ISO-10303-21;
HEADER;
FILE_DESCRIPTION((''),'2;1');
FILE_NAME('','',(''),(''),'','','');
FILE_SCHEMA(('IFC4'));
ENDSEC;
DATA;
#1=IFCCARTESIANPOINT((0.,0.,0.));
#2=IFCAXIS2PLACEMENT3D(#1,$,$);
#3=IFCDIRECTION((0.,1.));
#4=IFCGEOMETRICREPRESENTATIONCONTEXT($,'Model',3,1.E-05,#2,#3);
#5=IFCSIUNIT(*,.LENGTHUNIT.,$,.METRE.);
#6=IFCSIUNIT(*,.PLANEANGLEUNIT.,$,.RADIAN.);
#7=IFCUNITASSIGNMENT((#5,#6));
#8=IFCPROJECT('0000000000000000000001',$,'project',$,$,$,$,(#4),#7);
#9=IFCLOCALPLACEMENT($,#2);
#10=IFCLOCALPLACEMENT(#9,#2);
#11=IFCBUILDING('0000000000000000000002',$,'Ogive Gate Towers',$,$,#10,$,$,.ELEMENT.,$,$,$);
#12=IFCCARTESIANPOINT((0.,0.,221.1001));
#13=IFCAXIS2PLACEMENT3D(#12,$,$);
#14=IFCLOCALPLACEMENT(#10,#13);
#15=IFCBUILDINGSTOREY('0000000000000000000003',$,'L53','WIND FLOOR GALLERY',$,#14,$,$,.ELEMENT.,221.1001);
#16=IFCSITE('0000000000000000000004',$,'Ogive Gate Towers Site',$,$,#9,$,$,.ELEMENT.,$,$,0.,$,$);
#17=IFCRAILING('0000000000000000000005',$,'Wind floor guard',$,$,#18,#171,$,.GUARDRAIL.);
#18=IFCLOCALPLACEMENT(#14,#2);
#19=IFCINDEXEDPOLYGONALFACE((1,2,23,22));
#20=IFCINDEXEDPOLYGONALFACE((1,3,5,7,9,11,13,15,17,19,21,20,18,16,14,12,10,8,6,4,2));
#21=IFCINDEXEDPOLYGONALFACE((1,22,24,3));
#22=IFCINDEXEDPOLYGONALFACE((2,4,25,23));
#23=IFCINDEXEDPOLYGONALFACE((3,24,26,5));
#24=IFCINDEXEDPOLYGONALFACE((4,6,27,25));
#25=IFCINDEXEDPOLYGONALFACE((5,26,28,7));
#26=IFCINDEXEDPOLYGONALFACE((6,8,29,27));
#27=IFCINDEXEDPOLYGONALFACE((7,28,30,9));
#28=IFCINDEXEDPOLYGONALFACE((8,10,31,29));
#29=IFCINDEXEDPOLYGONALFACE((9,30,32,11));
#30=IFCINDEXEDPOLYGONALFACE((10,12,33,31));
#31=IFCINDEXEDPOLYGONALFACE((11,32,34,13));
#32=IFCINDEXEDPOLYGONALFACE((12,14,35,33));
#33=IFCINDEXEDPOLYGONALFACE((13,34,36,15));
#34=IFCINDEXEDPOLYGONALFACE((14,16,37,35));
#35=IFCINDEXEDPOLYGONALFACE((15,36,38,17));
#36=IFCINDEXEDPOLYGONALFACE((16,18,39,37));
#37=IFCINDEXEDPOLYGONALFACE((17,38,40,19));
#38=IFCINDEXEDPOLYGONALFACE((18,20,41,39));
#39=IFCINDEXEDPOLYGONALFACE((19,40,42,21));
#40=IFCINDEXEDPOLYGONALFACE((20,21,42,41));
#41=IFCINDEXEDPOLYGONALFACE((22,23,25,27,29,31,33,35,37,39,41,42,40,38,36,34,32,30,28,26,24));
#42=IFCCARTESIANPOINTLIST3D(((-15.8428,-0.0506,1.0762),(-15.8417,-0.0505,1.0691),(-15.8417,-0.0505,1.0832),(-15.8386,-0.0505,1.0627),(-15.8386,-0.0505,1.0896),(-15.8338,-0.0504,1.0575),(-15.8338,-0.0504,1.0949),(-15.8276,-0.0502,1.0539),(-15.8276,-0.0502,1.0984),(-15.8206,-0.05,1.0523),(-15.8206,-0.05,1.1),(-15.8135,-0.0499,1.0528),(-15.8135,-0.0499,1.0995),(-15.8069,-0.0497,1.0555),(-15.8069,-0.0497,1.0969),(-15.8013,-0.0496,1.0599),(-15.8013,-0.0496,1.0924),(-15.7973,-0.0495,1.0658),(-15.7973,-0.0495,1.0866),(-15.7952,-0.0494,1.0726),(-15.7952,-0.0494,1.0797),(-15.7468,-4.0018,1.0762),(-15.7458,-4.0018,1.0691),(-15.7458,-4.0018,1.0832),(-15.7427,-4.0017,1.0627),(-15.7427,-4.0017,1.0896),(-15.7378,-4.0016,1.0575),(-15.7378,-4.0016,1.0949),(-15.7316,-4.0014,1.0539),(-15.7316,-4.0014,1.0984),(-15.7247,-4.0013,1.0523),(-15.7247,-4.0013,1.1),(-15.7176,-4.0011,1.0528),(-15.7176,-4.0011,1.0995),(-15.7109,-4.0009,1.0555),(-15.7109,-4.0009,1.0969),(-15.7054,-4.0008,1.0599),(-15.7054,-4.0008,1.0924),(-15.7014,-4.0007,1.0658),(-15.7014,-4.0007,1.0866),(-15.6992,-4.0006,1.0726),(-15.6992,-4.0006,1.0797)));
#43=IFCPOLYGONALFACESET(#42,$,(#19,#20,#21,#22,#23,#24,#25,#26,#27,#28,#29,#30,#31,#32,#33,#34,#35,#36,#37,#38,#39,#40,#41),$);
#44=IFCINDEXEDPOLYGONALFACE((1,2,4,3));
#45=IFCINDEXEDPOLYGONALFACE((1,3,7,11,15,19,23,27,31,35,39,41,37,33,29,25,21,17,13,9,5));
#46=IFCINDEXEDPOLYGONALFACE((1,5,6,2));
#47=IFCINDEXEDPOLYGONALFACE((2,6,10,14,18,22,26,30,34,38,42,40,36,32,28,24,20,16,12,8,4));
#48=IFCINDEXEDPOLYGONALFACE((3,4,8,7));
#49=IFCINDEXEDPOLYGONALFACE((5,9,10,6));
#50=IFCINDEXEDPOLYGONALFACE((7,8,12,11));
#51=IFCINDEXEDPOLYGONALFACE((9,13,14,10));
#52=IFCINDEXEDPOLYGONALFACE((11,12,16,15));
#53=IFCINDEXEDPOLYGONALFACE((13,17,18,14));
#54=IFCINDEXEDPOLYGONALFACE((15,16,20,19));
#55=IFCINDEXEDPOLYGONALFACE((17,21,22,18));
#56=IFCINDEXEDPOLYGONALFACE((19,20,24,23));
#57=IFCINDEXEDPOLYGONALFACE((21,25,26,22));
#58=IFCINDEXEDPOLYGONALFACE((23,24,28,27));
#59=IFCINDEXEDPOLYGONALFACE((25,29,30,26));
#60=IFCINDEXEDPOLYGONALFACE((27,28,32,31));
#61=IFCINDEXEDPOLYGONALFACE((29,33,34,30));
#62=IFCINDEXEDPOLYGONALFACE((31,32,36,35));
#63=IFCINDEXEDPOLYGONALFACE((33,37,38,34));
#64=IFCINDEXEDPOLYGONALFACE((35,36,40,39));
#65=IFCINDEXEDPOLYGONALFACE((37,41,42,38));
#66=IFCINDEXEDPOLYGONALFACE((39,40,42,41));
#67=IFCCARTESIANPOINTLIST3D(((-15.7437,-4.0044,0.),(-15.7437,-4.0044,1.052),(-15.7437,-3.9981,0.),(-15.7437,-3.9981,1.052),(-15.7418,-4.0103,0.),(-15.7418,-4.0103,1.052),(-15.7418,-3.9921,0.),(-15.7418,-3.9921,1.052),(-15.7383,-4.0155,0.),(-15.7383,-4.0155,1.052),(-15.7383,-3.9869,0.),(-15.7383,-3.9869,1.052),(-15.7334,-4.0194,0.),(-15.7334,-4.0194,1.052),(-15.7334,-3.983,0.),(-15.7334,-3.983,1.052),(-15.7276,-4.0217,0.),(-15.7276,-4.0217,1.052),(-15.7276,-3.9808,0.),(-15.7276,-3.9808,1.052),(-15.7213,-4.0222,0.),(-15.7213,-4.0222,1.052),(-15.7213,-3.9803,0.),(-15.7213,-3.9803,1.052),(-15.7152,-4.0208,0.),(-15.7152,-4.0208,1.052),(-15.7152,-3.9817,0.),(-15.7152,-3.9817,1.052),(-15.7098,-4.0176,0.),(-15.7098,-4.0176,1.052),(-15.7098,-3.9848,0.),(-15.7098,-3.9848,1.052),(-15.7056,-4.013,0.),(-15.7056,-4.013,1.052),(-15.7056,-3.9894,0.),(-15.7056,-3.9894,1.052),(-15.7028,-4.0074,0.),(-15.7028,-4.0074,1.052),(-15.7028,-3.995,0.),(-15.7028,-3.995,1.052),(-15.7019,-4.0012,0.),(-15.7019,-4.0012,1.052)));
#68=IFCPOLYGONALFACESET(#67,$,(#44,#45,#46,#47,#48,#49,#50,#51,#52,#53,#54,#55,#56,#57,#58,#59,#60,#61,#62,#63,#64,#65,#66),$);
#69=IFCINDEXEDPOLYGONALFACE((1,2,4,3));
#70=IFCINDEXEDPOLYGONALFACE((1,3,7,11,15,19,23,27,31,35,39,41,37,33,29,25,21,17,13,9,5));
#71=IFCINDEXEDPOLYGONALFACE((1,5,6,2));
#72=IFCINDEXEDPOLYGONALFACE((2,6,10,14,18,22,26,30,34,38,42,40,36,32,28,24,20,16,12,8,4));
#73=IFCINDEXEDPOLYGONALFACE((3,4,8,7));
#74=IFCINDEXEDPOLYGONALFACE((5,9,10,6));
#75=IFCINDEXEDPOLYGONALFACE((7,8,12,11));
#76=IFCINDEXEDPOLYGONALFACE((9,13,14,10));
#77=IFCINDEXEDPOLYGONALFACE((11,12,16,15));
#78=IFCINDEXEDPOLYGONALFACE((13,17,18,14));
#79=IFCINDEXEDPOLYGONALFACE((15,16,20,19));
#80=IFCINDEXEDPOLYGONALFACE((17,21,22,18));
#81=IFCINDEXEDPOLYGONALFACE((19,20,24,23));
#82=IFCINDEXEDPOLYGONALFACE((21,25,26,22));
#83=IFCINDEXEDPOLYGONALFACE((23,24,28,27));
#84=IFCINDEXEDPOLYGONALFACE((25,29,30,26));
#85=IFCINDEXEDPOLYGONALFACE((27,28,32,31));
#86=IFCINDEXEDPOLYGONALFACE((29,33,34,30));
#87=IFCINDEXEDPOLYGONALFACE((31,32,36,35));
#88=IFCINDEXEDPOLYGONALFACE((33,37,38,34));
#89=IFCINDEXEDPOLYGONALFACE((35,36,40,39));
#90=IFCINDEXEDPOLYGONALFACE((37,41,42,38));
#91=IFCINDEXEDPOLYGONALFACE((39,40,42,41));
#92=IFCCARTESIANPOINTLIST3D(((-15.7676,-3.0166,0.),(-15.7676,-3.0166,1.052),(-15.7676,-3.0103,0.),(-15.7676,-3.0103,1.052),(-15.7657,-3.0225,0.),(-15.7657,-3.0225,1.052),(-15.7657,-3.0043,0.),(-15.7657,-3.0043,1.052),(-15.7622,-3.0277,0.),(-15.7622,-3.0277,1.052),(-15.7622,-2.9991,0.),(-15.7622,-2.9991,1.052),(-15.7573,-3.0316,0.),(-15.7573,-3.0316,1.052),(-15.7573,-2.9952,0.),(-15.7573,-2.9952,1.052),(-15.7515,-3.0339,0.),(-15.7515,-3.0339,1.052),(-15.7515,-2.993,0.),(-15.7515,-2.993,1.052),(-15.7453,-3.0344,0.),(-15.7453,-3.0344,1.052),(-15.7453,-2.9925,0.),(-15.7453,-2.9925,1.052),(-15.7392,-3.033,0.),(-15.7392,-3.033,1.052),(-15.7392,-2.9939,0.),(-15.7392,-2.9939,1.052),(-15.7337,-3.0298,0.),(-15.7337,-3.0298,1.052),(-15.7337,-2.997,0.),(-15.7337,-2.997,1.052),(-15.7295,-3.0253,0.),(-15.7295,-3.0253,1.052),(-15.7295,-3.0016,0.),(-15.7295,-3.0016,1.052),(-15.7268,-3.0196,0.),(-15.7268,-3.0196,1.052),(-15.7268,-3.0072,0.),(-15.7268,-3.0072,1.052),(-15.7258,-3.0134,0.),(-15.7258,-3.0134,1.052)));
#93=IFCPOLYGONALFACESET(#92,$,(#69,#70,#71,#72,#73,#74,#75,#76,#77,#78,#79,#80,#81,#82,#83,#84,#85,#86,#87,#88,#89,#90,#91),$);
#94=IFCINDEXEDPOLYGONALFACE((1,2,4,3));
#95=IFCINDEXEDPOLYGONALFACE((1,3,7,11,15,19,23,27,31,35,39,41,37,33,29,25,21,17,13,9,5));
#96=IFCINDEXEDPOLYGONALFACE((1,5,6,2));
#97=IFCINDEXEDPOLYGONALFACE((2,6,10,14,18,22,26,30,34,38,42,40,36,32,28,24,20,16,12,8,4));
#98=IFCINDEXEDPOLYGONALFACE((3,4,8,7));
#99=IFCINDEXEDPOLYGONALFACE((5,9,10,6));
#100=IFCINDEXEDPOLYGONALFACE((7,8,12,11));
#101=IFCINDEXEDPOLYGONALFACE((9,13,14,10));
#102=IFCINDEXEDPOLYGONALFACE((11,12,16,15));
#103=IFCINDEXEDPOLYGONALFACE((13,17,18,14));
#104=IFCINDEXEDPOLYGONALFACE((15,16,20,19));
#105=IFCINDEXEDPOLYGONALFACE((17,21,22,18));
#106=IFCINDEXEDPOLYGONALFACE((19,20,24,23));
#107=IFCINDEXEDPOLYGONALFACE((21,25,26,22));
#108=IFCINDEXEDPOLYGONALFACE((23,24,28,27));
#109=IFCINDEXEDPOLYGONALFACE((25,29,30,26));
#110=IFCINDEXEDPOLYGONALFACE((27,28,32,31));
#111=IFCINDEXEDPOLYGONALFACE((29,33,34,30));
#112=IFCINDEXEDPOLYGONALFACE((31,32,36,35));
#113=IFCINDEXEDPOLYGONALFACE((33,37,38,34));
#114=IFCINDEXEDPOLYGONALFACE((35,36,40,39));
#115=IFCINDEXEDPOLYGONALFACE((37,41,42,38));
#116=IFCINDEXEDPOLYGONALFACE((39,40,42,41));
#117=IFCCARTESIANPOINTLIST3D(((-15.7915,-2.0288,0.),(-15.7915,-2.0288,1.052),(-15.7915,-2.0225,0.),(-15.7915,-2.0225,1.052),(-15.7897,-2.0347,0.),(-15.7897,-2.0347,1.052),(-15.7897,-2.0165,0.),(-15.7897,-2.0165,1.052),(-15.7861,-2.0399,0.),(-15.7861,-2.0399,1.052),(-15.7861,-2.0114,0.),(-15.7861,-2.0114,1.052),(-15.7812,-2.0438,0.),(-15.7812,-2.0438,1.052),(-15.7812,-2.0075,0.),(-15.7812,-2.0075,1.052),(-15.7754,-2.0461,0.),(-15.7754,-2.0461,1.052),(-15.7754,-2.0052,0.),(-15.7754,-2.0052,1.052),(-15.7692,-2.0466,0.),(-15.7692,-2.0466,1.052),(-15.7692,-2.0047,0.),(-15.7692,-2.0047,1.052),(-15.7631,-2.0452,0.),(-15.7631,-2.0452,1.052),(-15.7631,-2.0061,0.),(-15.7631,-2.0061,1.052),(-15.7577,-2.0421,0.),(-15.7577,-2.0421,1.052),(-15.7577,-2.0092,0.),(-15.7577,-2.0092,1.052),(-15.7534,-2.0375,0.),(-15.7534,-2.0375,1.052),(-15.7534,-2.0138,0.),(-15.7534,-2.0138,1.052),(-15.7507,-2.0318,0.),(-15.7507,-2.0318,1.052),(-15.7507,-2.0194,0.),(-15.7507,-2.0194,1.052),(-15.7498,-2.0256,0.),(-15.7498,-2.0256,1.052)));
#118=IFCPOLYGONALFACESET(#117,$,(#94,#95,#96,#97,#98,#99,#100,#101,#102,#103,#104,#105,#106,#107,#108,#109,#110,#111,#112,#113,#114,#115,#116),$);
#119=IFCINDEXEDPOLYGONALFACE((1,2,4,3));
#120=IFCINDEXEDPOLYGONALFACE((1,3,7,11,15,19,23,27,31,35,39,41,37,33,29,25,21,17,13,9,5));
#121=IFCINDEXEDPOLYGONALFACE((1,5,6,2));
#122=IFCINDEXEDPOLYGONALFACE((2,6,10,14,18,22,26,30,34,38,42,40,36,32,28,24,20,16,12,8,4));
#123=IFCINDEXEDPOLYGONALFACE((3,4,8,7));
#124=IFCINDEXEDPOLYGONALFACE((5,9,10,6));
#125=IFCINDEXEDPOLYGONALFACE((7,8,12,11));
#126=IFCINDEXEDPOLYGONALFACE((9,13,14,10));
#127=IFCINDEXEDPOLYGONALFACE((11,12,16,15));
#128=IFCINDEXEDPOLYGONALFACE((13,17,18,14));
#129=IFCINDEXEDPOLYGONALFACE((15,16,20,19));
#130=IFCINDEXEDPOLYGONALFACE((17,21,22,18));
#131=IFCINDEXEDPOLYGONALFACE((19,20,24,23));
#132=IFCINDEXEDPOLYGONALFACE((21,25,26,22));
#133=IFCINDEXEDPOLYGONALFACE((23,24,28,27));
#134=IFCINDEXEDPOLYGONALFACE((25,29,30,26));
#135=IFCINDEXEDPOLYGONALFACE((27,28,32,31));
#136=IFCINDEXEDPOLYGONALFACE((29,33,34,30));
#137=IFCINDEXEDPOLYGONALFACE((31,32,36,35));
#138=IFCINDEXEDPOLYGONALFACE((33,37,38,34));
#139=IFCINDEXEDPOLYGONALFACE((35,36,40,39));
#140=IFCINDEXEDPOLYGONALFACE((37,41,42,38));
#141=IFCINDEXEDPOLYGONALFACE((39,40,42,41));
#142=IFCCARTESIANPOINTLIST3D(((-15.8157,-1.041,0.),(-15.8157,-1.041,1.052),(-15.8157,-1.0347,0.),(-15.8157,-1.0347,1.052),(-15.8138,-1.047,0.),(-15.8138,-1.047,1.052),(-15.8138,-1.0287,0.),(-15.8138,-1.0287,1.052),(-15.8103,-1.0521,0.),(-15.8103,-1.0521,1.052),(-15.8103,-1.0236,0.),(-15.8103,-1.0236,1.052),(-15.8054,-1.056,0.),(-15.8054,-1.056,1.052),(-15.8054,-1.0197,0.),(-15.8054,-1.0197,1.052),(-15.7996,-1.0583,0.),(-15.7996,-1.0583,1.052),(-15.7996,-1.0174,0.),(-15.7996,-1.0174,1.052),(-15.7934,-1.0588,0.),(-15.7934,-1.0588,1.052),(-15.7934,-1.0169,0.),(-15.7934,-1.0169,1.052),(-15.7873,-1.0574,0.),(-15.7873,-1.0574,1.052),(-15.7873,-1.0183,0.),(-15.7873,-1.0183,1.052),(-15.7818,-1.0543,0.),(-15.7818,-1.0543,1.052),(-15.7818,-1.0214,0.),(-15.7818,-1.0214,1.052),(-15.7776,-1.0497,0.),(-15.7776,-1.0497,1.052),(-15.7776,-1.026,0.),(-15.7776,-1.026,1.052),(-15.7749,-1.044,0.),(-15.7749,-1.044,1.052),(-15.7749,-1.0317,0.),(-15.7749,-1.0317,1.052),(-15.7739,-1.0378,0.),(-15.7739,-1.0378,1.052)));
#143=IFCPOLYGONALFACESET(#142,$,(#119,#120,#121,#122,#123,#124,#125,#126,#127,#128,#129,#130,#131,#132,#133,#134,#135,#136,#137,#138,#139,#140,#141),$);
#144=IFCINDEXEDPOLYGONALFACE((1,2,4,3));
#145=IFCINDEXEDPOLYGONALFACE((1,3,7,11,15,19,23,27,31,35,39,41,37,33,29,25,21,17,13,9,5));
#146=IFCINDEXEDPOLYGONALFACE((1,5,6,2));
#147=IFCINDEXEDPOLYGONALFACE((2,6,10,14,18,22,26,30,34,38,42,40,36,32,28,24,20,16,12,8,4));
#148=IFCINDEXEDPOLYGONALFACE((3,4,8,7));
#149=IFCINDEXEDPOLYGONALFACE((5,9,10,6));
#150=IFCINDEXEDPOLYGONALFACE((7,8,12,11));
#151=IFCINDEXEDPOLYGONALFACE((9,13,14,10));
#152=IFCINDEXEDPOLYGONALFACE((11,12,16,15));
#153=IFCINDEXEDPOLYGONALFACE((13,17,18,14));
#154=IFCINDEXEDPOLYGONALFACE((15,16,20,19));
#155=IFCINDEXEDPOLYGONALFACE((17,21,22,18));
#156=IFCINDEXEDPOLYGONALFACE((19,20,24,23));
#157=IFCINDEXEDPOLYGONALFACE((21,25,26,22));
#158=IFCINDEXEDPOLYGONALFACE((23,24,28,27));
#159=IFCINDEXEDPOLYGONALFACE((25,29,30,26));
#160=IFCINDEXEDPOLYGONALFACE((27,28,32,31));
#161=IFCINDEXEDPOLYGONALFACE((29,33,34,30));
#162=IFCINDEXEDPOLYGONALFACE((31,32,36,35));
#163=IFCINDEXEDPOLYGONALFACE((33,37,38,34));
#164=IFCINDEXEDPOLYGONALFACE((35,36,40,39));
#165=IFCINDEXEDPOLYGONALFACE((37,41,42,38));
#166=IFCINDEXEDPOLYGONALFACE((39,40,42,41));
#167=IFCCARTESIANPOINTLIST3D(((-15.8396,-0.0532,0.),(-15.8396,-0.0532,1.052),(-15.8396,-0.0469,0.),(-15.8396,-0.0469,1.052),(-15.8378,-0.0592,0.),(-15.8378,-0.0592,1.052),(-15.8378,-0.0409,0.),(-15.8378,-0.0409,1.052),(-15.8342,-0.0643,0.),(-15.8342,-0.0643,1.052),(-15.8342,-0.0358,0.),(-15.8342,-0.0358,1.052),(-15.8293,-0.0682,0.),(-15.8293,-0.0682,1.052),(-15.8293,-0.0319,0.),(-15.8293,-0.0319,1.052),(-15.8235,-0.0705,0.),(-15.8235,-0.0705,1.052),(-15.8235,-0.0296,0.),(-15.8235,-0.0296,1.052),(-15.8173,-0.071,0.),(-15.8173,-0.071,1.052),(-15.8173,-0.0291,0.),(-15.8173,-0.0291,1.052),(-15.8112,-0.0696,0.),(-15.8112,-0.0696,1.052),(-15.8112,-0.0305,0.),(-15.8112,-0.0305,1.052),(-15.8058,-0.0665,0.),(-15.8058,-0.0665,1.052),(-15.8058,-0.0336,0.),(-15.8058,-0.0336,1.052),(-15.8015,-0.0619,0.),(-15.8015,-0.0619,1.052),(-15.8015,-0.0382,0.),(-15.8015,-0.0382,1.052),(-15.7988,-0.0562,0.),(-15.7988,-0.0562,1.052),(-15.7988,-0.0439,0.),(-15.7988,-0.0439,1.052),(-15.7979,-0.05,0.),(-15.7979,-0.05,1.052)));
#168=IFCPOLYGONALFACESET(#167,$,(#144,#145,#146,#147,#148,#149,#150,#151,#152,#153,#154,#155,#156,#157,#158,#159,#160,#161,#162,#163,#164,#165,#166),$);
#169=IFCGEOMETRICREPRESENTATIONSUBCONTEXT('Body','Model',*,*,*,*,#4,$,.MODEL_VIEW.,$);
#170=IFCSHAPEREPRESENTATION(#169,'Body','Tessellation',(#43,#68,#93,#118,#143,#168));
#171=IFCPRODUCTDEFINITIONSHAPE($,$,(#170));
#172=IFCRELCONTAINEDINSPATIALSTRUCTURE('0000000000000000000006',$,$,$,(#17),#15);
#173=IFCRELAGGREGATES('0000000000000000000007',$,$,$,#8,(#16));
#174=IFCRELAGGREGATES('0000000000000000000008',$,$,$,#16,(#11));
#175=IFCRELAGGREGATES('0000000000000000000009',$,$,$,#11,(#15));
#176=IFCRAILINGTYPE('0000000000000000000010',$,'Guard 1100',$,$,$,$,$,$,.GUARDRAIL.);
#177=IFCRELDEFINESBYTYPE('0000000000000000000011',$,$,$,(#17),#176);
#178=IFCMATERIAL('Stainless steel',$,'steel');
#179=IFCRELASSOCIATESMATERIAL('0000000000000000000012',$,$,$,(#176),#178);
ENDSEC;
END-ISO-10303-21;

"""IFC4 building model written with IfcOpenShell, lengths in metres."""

from ifc_helpers import new_model, si_unit, direction, frame, origin, origin_2d, place, context, subcontext, project, spatial, circle, extrude, material, type_object, element, save


model = new_model("IFC4")

# Units and contexts
model_context = context("Model", 3, precision=1e-05, world=origin(), true_north=direction((0.0, 1.0)))
body_context = subcontext(model_context, "Body", "Model", "MODEL_VIEW")
ifc_project = project(units=[si_unit("LENGTHUNIT", "METRE"), si_unit("PLANEANGLEUNIT", "RADIAN")], contexts=[model_context])

# Site, building, storey
site_placement = place(None, origin())
site = spatial("IfcSite", under=ifc_project, at=site_placement, Name="Ogive Gate Towers Site", CompositionType="ELEMENT", RefElevation=0.0)
building_placement = place(site_placement, origin())
building = spatial("IfcBuilding", under=site, at=building_placement, Name="Ogive Gate Towers", CompositionType="ELEMENT")
storey_placement = place(building_placement, frame((0.0, 0.0, 221.1001)))
storey = spatial("IfcBuildingStorey", under=building, at=storey_placement, Name="L53", Description="WIND FLOOR GALLERY", CompositionType="ELEMENT", Elevation=221.1001)

# Railing
ifc_material_1 = material(Name="Stainless steel", Category="steel")
railing_type_1 = type_object("IfcRailingType", Name="Guard 1100", PredefinedType="GUARDRAIL", material=ifc_material_1)
railing_1_placement = place(storey_placement, frame((-15.7229, -4.0012, 0.0)))
element("IfcRailing", 1, at=railing_1_placement, inside=storey, type_object=railing_type_1, Name="Wind floor guard", PredefinedType="GUARDRAIL", context=body_context, shape_type="SweptSolid", body=[
    extrude(circle(Radius=0.0239, at=origin_2d()), frame((0.0, 0.0, 1.0762), z_axis=(-0.024276, 0.999705, 0.0), x_axis=(-0.999705, -0.024276, 0.0)), (0.0, 0.0, 1.0), 3.9524),
    extrude(circle(Radius=0.021, at=origin_2d()), origin(), (0.0, 0.0, 1.0), 1.052),
    extrude(circle(Radius=0.021, at=origin_2d()), frame((-0.0239, 0.9878, 0.0)), (0.0, 0.0, 1.0), 1.052),
    extrude(circle(Radius=0.021, at=origin_2d()), frame((-0.0479, 1.9756, 0.0)), (0.0, 0.0, 1.0), 1.052),
    extrude(circle(Radius=0.021, at=origin_2d()), frame((-0.072, 2.9634, 0.0)), (0.0, 0.0, 1.0), 1.052),
    extrude(circle(Radius=0.021, at=origin_2d()), frame((-0.0959, 3.9512, 0.0)), (0.0, 0.0, 1.0), 1.052),
])

save(model, "model.ifc")
